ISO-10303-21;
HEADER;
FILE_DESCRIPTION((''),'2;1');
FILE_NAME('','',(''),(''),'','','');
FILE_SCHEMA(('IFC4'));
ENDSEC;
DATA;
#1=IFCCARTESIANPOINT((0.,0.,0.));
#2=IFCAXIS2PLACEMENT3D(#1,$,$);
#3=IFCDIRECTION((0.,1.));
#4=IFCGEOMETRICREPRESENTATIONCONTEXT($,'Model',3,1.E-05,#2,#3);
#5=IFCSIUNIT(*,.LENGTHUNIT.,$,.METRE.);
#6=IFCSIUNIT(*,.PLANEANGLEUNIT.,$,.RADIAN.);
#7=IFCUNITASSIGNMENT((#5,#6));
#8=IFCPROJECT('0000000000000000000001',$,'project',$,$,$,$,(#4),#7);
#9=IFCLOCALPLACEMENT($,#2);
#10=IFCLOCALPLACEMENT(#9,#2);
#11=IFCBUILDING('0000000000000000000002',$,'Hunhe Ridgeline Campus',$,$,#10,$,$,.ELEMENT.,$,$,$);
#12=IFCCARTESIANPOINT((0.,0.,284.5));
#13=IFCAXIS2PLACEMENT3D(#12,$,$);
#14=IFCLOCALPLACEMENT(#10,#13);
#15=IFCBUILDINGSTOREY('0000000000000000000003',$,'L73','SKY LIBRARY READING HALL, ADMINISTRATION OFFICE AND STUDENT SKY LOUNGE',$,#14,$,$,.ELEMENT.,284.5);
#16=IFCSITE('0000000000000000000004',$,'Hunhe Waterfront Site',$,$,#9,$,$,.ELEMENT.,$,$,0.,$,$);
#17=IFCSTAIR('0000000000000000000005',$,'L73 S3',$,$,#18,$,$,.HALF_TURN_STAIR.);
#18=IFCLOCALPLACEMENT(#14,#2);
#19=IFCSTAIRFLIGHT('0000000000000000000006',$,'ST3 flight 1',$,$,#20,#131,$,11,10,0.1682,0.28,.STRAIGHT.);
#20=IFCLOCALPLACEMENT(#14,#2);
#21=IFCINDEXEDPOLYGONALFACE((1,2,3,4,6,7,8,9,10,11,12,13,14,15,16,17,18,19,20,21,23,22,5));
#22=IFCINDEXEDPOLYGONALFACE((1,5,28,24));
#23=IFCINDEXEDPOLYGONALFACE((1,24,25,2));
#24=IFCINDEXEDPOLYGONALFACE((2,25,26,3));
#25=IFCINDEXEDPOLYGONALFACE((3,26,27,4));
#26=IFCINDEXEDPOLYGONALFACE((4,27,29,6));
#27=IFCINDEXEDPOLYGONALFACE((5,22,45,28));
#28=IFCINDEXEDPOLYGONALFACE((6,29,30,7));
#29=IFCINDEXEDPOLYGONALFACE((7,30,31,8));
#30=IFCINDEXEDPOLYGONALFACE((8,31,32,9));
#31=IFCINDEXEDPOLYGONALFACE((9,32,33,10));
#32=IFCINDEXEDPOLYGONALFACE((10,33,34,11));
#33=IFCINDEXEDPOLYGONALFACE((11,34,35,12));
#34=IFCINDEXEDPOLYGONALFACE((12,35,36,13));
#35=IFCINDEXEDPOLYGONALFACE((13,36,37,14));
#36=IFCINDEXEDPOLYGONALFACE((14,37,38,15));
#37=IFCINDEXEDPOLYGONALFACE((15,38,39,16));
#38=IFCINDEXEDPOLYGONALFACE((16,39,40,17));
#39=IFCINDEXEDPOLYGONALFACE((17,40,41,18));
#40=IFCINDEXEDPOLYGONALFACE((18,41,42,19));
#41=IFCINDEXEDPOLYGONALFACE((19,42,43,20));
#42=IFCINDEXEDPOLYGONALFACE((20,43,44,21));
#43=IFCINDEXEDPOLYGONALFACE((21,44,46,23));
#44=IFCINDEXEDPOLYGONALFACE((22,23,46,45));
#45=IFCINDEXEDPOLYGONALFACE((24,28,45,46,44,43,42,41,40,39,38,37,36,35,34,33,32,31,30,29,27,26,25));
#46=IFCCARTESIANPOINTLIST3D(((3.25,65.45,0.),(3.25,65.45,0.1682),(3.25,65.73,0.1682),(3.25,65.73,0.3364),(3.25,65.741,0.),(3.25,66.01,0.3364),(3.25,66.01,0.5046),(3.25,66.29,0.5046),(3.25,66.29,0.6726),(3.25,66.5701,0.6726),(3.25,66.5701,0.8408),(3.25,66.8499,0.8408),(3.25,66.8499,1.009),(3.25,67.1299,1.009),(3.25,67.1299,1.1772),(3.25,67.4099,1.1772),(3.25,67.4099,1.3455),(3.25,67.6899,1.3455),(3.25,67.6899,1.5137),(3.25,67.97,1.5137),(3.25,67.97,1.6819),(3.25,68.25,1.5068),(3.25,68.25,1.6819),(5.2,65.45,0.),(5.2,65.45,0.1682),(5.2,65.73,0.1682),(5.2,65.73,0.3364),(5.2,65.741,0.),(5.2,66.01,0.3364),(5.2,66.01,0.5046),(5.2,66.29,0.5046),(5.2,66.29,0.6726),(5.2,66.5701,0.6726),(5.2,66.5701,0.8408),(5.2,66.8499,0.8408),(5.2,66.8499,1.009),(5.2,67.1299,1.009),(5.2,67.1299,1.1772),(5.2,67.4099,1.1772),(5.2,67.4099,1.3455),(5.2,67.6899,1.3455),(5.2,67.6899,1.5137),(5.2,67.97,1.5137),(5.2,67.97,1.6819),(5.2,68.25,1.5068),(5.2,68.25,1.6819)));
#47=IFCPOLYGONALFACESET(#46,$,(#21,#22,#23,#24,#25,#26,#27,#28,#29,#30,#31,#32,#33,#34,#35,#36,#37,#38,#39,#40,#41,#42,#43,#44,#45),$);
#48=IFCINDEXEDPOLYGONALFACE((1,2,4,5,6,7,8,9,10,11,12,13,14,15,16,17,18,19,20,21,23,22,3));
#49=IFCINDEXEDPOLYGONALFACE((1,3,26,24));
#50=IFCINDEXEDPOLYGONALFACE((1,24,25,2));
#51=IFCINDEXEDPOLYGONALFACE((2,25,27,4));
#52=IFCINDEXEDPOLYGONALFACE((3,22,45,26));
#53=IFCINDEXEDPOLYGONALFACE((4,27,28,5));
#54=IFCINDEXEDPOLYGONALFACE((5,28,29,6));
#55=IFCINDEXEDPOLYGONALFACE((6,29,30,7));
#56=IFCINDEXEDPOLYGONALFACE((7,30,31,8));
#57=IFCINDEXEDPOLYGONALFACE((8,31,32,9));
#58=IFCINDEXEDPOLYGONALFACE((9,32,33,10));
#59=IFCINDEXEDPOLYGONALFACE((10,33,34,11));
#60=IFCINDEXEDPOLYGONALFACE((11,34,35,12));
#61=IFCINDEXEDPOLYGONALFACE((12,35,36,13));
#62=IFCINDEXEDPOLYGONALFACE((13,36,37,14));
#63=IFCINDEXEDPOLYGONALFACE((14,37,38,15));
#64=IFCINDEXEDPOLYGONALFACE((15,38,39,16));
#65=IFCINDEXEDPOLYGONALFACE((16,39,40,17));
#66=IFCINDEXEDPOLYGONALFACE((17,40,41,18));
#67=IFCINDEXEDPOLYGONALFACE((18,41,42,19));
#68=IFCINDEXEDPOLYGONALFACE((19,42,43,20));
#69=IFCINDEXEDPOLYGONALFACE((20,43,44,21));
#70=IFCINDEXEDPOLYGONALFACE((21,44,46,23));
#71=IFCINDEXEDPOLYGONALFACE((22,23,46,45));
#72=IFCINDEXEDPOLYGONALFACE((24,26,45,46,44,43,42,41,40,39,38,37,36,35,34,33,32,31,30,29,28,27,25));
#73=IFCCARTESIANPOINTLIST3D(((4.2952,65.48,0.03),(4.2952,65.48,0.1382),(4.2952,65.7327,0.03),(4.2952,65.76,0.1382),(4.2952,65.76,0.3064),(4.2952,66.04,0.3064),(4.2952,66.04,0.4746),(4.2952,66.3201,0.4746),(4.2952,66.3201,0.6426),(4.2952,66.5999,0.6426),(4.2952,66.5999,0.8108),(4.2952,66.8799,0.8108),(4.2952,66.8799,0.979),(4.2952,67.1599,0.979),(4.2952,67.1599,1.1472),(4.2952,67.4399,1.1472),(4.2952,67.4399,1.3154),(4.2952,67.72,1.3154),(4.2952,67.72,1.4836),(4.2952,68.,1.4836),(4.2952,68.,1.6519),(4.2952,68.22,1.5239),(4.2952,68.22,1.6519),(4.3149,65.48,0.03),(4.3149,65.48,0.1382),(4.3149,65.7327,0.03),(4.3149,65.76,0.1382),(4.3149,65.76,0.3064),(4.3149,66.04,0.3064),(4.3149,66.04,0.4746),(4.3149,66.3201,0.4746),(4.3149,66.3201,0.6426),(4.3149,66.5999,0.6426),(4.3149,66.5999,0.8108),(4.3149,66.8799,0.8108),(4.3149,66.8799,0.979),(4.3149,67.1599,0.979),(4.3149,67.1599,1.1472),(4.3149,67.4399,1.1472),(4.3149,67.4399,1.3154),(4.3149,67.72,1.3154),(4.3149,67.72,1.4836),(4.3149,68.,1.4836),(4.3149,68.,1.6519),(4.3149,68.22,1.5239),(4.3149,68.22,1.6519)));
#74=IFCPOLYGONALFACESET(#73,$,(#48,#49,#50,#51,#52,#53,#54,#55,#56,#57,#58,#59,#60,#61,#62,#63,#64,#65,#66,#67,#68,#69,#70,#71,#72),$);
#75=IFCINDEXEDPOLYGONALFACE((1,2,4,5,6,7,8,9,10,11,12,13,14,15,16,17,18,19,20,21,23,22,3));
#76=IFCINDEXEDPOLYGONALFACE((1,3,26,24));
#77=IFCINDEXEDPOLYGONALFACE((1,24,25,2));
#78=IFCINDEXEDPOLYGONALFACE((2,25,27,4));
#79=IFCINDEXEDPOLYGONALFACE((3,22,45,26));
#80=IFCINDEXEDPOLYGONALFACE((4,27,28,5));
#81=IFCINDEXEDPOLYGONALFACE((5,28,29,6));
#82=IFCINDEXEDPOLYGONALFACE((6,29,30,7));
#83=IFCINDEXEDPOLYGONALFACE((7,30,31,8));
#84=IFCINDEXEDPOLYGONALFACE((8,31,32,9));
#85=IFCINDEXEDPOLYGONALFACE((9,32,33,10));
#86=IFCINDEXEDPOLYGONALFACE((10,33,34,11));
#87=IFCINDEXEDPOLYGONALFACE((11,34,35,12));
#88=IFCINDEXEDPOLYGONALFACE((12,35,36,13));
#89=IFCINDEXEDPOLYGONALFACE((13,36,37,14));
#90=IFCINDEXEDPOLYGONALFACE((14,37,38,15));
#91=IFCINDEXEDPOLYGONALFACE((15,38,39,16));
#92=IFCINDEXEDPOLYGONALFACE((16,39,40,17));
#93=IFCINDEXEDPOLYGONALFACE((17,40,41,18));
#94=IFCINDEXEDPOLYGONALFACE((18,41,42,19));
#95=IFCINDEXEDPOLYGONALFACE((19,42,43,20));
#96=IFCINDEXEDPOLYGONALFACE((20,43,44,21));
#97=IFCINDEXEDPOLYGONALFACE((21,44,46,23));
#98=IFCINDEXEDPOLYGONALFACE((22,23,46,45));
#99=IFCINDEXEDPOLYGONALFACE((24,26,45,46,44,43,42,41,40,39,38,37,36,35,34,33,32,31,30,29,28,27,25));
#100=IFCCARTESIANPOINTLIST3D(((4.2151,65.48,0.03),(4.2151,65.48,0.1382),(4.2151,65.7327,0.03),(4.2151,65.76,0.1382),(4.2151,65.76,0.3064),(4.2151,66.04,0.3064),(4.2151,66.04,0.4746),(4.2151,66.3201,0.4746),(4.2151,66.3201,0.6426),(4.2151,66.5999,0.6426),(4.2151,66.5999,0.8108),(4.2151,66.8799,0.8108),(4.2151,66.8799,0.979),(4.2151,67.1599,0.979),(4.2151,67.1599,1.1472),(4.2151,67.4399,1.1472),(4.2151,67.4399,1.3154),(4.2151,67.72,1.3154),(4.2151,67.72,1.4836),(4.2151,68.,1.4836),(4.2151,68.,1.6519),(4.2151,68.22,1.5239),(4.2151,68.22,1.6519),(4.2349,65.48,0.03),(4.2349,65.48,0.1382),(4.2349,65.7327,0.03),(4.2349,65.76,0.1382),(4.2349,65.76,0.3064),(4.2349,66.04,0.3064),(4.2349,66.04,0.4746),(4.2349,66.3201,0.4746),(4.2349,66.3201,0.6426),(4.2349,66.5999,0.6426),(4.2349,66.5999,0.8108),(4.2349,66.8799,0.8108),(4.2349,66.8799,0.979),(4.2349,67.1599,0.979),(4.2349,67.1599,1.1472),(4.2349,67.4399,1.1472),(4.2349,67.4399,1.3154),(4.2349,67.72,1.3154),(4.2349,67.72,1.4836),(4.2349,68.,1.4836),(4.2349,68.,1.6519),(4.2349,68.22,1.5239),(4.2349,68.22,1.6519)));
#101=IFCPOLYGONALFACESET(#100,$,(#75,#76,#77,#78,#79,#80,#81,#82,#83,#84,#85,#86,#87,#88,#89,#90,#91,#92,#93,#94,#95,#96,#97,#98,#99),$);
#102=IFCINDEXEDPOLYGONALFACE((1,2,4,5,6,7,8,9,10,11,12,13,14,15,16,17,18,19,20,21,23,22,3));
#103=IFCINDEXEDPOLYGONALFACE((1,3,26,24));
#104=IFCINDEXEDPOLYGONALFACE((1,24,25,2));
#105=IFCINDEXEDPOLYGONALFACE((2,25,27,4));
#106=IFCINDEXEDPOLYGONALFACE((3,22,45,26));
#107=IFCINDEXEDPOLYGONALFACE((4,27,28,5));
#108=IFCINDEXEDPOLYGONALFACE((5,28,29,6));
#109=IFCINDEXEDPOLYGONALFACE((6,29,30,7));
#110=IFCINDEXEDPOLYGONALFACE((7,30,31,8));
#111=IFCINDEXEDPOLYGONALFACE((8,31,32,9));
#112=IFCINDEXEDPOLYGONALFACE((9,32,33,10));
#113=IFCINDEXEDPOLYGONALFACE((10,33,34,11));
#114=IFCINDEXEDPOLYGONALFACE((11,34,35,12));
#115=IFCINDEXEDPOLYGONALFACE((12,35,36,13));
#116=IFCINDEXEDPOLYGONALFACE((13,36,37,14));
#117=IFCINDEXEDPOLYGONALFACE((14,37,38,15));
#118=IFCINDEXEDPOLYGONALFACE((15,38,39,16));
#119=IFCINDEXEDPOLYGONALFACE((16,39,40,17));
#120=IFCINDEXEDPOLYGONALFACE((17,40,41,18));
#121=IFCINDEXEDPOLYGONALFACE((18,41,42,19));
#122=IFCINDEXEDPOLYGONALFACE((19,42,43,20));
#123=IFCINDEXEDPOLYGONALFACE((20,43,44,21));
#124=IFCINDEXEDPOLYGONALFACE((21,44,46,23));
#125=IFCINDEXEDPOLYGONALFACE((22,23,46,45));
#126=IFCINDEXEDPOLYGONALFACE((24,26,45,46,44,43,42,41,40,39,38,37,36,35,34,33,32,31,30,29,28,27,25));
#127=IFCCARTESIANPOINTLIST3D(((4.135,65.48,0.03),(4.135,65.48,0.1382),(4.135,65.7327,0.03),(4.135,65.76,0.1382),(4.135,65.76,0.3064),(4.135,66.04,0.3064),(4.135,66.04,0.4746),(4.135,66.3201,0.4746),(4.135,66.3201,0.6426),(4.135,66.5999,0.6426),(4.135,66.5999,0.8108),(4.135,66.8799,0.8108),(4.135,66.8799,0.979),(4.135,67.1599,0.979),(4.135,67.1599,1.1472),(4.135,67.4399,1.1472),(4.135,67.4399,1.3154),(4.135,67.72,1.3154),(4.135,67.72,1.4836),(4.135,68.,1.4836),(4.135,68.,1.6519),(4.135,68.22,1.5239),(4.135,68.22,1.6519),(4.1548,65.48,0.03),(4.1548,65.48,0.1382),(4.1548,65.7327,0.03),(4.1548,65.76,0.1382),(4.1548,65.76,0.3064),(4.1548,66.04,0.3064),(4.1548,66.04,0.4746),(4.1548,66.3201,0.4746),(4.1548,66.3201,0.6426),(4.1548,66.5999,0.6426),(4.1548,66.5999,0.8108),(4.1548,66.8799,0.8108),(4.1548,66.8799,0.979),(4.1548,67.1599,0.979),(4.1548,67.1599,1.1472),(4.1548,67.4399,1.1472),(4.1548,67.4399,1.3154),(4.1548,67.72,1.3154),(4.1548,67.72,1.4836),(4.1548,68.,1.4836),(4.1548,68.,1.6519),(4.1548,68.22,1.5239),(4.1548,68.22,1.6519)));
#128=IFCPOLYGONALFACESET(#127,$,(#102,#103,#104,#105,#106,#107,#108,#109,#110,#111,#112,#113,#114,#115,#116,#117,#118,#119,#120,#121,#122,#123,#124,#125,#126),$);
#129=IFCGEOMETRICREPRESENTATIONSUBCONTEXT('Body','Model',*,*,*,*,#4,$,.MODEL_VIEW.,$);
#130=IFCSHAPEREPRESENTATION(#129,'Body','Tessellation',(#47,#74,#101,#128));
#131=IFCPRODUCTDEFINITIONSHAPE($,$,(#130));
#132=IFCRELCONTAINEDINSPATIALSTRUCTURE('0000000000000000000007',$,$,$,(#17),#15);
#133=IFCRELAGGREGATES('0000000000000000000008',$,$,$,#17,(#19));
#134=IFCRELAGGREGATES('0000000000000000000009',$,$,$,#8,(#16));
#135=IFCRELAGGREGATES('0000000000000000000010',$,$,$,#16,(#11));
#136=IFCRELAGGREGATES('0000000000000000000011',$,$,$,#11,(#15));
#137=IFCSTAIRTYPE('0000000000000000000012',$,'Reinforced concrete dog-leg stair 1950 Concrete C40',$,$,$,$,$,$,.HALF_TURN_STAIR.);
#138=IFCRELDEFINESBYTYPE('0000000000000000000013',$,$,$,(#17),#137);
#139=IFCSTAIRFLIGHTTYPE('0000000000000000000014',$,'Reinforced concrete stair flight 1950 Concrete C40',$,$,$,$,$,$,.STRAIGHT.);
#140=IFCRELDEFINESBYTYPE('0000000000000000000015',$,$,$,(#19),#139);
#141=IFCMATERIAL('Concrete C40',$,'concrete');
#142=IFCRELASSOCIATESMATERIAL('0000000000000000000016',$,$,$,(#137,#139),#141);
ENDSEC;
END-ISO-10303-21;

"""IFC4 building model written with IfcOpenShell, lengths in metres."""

from ifc_helpers import new_model, si_unit, direction, frame, origin, place, context, subcontext, project, spatial, polyline, outline, extrude, material, type_object, element, aggregate, save


model = new_model("IFC4")

# Units and contexts
model_context = context("Model", 3, precision=1e-05, world=origin(), true_north=direction((0.0, 1.0)))
body_context = subcontext(model_context, "Body", "Model", "MODEL_VIEW")
ifc_project = project(units=[si_unit("LENGTHUNIT", "METRE"), si_unit("PLANEANGLEUNIT", "RADIAN")], contexts=[model_context])

# Site, building, storey
site_placement = place(None, origin())
site = spatial("IfcSite", under=ifc_project, at=site_placement, Name="Hunhe Waterfront Site", CompositionType="ELEMENT", RefElevation=0.0)
building_placement = place(site_placement, origin())
building = spatial("IfcBuilding", under=site, at=building_placement, Name="Hunhe Ridgeline Campus", CompositionType="ELEMENT")
storey_placement = place(building_placement, frame((0.0, 0.0, 284.5)))
storey = spatial("IfcBuildingStorey", under=building, at=storey_placement, Name="L73", Description="SKY LIBRARY READING HALL, ADMINISTRATION OFFICE AND STUDENT SKY LOUNGE", CompositionType="ELEMENT", Elevation=284.5)

# Stair, stair flight
ifc_material_1 = material(Name="Concrete C40", Category="concrete")
stair_type = type_object("IfcStairType", Name="Reinforced concrete dog-leg stair 1950 Concrete C40", PredefinedType="HALF_TURN_STAIR", material=ifc_material_1)
stair_1_placement = place(storey_placement, origin())
stair_1 = element("IfcStair", 1, at=stair_1_placement, inside=storey, type_object=stair_type, Name="L73 S3", PredefinedType="HALF_TURN_STAIR")
stair_flight_type = type_object("IfcStairFlightType", Name="Reinforced concrete stair flight 1950 Concrete C40", PredefinedType="STRAIGHT", material=ifc_material_1)
stair_flight_1_placement = place(storey_placement, frame((4.2251, 65.45, 0.0), z_axis=(0.0, 0.0, 1.0), x_axis=(0.0, 1.0, 0.0)))
stair_flight_1 = element("IfcStairFlight", 2, at=stair_flight_1_placement, type_object=stair_flight_type, Name="ST3 flight 1", NumberOfRisers=11, NumberOfTreads=10, PredefinedType="STRAIGHT", RiserHeight=0.1682, TreadLength=0.28, context=body_context, shape_type="SweptSolid", body=[
    extrude(outline(polyline([(0.0, 0.0), (0.0, 0.1682), (0.28, 0.1682), (0.28, 0.3364), (0.5601, 0.3364), (0.5601, 0.5046), (0.8401, 0.5046), (0.8401, 0.6726), (1.1201, 0.6726), (1.1201, 0.8408), (1.3999, 0.8408), (1.3999, 1.009), (1.6799, 1.009), (1.6799, 1.1772), (1.96, 1.1772), (1.96, 1.3455), (2.24, 1.3455), (2.24, 1.5137), (2.52, 1.5137), (2.52, 1.6819), (2.8, 1.6819), (2.8, 1.8501), (2.8, 1.5068), (0.291, 0.0), (0.0, 0.0)])), frame((0.0, 0.9751, 0.0), z_axis=(0.0, -1.0, 0.0), x_axis=(1.0, 0.0, 0.0)), (0.0, 0.0, 1.0), 1.95),
    extrude(outline(polyline([(0.03, 0.03), (0.03, 0.1382), (0.3101, 0.1382), (0.3101, 0.3064), (0.5901, 0.3064), (0.5901, 0.4746), (0.8701, 0.4746), (0.8701, 0.6426), (1.1499, 0.6426), (1.1499, 0.8108), (1.4299, 0.8108), (1.4299, 0.979), (1.71, 0.979), (1.71, 1.1472), (1.99, 1.1472), (1.99, 1.3154), (2.27, 1.3154), (2.27, 1.4836), (2.55, 1.4836), (2.55, 1.6519), (2.77, 1.6519), (2.77, 1.5239), (0.2827, 0.03), (0.03, 0.03)])), frame((0.0, -0.0701, 0.0), z_axis=(0.0, -1.0, 0.0), x_axis=(1.0, 0.0, 0.0)), (0.0, 0.0, 1.0), 0.0198),
    extrude(outline(polyline([(0.03, 0.03), (0.03, 0.1382), (0.3101, 0.1382), (0.3101, 0.3064), (0.5901, 0.3064), (0.5901, 0.4746), (0.8701, 0.4746), (0.8701, 0.6426), (1.1499, 0.6426), (1.1499, 0.8108), (1.4299, 0.8108), (1.4299, 0.979), (1.71, 0.979), (1.71, 1.1472), (1.99, 1.1472), (1.99, 1.3154), (2.27, 1.3154), (2.27, 1.4836), (2.55, 1.4836), (2.55, 1.6519), (2.77, 1.6519), (2.77, 1.5239), (0.2827, 0.03), (0.03, 0.03)])), frame((0.0, 0.01, 0.0), z_axis=(0.0, -1.0, 0.0), x_axis=(1.0, 0.0, 0.0)), (0.0, 0.0, 1.0), 0.0198),
    extrude(outline(polyline([(0.03, 0.03), (0.03, 0.1382), (0.3101, 0.1382), (0.3101, 0.3064), (0.5901, 0.3064), (0.5901, 0.4746), (0.8701, 0.4746), (0.8701, 0.6426), (1.1499, 0.6426), (1.1499, 0.8108), (1.4299, 0.8108), (1.4299, 0.979), (1.71, 0.979), (1.71, 1.1472), (1.99, 1.1472), (1.99, 1.3154), (2.27, 1.3154), (2.27, 1.4836), (2.55, 1.4836), (2.55, 1.6519), (2.77, 1.6519), (2.77, 1.5239), (0.2827, 0.03), (0.03, 0.03)])), frame((0.0, 0.0901, 0.0), z_axis=(0.0, -1.0, 0.0), x_axis=(1.0, 0.0, 0.0)), (0.0, 0.0, 1.0), 0.0198),
])
aggregate(stair_1, [stair_flight_1])

save(model, "model.ifc")
